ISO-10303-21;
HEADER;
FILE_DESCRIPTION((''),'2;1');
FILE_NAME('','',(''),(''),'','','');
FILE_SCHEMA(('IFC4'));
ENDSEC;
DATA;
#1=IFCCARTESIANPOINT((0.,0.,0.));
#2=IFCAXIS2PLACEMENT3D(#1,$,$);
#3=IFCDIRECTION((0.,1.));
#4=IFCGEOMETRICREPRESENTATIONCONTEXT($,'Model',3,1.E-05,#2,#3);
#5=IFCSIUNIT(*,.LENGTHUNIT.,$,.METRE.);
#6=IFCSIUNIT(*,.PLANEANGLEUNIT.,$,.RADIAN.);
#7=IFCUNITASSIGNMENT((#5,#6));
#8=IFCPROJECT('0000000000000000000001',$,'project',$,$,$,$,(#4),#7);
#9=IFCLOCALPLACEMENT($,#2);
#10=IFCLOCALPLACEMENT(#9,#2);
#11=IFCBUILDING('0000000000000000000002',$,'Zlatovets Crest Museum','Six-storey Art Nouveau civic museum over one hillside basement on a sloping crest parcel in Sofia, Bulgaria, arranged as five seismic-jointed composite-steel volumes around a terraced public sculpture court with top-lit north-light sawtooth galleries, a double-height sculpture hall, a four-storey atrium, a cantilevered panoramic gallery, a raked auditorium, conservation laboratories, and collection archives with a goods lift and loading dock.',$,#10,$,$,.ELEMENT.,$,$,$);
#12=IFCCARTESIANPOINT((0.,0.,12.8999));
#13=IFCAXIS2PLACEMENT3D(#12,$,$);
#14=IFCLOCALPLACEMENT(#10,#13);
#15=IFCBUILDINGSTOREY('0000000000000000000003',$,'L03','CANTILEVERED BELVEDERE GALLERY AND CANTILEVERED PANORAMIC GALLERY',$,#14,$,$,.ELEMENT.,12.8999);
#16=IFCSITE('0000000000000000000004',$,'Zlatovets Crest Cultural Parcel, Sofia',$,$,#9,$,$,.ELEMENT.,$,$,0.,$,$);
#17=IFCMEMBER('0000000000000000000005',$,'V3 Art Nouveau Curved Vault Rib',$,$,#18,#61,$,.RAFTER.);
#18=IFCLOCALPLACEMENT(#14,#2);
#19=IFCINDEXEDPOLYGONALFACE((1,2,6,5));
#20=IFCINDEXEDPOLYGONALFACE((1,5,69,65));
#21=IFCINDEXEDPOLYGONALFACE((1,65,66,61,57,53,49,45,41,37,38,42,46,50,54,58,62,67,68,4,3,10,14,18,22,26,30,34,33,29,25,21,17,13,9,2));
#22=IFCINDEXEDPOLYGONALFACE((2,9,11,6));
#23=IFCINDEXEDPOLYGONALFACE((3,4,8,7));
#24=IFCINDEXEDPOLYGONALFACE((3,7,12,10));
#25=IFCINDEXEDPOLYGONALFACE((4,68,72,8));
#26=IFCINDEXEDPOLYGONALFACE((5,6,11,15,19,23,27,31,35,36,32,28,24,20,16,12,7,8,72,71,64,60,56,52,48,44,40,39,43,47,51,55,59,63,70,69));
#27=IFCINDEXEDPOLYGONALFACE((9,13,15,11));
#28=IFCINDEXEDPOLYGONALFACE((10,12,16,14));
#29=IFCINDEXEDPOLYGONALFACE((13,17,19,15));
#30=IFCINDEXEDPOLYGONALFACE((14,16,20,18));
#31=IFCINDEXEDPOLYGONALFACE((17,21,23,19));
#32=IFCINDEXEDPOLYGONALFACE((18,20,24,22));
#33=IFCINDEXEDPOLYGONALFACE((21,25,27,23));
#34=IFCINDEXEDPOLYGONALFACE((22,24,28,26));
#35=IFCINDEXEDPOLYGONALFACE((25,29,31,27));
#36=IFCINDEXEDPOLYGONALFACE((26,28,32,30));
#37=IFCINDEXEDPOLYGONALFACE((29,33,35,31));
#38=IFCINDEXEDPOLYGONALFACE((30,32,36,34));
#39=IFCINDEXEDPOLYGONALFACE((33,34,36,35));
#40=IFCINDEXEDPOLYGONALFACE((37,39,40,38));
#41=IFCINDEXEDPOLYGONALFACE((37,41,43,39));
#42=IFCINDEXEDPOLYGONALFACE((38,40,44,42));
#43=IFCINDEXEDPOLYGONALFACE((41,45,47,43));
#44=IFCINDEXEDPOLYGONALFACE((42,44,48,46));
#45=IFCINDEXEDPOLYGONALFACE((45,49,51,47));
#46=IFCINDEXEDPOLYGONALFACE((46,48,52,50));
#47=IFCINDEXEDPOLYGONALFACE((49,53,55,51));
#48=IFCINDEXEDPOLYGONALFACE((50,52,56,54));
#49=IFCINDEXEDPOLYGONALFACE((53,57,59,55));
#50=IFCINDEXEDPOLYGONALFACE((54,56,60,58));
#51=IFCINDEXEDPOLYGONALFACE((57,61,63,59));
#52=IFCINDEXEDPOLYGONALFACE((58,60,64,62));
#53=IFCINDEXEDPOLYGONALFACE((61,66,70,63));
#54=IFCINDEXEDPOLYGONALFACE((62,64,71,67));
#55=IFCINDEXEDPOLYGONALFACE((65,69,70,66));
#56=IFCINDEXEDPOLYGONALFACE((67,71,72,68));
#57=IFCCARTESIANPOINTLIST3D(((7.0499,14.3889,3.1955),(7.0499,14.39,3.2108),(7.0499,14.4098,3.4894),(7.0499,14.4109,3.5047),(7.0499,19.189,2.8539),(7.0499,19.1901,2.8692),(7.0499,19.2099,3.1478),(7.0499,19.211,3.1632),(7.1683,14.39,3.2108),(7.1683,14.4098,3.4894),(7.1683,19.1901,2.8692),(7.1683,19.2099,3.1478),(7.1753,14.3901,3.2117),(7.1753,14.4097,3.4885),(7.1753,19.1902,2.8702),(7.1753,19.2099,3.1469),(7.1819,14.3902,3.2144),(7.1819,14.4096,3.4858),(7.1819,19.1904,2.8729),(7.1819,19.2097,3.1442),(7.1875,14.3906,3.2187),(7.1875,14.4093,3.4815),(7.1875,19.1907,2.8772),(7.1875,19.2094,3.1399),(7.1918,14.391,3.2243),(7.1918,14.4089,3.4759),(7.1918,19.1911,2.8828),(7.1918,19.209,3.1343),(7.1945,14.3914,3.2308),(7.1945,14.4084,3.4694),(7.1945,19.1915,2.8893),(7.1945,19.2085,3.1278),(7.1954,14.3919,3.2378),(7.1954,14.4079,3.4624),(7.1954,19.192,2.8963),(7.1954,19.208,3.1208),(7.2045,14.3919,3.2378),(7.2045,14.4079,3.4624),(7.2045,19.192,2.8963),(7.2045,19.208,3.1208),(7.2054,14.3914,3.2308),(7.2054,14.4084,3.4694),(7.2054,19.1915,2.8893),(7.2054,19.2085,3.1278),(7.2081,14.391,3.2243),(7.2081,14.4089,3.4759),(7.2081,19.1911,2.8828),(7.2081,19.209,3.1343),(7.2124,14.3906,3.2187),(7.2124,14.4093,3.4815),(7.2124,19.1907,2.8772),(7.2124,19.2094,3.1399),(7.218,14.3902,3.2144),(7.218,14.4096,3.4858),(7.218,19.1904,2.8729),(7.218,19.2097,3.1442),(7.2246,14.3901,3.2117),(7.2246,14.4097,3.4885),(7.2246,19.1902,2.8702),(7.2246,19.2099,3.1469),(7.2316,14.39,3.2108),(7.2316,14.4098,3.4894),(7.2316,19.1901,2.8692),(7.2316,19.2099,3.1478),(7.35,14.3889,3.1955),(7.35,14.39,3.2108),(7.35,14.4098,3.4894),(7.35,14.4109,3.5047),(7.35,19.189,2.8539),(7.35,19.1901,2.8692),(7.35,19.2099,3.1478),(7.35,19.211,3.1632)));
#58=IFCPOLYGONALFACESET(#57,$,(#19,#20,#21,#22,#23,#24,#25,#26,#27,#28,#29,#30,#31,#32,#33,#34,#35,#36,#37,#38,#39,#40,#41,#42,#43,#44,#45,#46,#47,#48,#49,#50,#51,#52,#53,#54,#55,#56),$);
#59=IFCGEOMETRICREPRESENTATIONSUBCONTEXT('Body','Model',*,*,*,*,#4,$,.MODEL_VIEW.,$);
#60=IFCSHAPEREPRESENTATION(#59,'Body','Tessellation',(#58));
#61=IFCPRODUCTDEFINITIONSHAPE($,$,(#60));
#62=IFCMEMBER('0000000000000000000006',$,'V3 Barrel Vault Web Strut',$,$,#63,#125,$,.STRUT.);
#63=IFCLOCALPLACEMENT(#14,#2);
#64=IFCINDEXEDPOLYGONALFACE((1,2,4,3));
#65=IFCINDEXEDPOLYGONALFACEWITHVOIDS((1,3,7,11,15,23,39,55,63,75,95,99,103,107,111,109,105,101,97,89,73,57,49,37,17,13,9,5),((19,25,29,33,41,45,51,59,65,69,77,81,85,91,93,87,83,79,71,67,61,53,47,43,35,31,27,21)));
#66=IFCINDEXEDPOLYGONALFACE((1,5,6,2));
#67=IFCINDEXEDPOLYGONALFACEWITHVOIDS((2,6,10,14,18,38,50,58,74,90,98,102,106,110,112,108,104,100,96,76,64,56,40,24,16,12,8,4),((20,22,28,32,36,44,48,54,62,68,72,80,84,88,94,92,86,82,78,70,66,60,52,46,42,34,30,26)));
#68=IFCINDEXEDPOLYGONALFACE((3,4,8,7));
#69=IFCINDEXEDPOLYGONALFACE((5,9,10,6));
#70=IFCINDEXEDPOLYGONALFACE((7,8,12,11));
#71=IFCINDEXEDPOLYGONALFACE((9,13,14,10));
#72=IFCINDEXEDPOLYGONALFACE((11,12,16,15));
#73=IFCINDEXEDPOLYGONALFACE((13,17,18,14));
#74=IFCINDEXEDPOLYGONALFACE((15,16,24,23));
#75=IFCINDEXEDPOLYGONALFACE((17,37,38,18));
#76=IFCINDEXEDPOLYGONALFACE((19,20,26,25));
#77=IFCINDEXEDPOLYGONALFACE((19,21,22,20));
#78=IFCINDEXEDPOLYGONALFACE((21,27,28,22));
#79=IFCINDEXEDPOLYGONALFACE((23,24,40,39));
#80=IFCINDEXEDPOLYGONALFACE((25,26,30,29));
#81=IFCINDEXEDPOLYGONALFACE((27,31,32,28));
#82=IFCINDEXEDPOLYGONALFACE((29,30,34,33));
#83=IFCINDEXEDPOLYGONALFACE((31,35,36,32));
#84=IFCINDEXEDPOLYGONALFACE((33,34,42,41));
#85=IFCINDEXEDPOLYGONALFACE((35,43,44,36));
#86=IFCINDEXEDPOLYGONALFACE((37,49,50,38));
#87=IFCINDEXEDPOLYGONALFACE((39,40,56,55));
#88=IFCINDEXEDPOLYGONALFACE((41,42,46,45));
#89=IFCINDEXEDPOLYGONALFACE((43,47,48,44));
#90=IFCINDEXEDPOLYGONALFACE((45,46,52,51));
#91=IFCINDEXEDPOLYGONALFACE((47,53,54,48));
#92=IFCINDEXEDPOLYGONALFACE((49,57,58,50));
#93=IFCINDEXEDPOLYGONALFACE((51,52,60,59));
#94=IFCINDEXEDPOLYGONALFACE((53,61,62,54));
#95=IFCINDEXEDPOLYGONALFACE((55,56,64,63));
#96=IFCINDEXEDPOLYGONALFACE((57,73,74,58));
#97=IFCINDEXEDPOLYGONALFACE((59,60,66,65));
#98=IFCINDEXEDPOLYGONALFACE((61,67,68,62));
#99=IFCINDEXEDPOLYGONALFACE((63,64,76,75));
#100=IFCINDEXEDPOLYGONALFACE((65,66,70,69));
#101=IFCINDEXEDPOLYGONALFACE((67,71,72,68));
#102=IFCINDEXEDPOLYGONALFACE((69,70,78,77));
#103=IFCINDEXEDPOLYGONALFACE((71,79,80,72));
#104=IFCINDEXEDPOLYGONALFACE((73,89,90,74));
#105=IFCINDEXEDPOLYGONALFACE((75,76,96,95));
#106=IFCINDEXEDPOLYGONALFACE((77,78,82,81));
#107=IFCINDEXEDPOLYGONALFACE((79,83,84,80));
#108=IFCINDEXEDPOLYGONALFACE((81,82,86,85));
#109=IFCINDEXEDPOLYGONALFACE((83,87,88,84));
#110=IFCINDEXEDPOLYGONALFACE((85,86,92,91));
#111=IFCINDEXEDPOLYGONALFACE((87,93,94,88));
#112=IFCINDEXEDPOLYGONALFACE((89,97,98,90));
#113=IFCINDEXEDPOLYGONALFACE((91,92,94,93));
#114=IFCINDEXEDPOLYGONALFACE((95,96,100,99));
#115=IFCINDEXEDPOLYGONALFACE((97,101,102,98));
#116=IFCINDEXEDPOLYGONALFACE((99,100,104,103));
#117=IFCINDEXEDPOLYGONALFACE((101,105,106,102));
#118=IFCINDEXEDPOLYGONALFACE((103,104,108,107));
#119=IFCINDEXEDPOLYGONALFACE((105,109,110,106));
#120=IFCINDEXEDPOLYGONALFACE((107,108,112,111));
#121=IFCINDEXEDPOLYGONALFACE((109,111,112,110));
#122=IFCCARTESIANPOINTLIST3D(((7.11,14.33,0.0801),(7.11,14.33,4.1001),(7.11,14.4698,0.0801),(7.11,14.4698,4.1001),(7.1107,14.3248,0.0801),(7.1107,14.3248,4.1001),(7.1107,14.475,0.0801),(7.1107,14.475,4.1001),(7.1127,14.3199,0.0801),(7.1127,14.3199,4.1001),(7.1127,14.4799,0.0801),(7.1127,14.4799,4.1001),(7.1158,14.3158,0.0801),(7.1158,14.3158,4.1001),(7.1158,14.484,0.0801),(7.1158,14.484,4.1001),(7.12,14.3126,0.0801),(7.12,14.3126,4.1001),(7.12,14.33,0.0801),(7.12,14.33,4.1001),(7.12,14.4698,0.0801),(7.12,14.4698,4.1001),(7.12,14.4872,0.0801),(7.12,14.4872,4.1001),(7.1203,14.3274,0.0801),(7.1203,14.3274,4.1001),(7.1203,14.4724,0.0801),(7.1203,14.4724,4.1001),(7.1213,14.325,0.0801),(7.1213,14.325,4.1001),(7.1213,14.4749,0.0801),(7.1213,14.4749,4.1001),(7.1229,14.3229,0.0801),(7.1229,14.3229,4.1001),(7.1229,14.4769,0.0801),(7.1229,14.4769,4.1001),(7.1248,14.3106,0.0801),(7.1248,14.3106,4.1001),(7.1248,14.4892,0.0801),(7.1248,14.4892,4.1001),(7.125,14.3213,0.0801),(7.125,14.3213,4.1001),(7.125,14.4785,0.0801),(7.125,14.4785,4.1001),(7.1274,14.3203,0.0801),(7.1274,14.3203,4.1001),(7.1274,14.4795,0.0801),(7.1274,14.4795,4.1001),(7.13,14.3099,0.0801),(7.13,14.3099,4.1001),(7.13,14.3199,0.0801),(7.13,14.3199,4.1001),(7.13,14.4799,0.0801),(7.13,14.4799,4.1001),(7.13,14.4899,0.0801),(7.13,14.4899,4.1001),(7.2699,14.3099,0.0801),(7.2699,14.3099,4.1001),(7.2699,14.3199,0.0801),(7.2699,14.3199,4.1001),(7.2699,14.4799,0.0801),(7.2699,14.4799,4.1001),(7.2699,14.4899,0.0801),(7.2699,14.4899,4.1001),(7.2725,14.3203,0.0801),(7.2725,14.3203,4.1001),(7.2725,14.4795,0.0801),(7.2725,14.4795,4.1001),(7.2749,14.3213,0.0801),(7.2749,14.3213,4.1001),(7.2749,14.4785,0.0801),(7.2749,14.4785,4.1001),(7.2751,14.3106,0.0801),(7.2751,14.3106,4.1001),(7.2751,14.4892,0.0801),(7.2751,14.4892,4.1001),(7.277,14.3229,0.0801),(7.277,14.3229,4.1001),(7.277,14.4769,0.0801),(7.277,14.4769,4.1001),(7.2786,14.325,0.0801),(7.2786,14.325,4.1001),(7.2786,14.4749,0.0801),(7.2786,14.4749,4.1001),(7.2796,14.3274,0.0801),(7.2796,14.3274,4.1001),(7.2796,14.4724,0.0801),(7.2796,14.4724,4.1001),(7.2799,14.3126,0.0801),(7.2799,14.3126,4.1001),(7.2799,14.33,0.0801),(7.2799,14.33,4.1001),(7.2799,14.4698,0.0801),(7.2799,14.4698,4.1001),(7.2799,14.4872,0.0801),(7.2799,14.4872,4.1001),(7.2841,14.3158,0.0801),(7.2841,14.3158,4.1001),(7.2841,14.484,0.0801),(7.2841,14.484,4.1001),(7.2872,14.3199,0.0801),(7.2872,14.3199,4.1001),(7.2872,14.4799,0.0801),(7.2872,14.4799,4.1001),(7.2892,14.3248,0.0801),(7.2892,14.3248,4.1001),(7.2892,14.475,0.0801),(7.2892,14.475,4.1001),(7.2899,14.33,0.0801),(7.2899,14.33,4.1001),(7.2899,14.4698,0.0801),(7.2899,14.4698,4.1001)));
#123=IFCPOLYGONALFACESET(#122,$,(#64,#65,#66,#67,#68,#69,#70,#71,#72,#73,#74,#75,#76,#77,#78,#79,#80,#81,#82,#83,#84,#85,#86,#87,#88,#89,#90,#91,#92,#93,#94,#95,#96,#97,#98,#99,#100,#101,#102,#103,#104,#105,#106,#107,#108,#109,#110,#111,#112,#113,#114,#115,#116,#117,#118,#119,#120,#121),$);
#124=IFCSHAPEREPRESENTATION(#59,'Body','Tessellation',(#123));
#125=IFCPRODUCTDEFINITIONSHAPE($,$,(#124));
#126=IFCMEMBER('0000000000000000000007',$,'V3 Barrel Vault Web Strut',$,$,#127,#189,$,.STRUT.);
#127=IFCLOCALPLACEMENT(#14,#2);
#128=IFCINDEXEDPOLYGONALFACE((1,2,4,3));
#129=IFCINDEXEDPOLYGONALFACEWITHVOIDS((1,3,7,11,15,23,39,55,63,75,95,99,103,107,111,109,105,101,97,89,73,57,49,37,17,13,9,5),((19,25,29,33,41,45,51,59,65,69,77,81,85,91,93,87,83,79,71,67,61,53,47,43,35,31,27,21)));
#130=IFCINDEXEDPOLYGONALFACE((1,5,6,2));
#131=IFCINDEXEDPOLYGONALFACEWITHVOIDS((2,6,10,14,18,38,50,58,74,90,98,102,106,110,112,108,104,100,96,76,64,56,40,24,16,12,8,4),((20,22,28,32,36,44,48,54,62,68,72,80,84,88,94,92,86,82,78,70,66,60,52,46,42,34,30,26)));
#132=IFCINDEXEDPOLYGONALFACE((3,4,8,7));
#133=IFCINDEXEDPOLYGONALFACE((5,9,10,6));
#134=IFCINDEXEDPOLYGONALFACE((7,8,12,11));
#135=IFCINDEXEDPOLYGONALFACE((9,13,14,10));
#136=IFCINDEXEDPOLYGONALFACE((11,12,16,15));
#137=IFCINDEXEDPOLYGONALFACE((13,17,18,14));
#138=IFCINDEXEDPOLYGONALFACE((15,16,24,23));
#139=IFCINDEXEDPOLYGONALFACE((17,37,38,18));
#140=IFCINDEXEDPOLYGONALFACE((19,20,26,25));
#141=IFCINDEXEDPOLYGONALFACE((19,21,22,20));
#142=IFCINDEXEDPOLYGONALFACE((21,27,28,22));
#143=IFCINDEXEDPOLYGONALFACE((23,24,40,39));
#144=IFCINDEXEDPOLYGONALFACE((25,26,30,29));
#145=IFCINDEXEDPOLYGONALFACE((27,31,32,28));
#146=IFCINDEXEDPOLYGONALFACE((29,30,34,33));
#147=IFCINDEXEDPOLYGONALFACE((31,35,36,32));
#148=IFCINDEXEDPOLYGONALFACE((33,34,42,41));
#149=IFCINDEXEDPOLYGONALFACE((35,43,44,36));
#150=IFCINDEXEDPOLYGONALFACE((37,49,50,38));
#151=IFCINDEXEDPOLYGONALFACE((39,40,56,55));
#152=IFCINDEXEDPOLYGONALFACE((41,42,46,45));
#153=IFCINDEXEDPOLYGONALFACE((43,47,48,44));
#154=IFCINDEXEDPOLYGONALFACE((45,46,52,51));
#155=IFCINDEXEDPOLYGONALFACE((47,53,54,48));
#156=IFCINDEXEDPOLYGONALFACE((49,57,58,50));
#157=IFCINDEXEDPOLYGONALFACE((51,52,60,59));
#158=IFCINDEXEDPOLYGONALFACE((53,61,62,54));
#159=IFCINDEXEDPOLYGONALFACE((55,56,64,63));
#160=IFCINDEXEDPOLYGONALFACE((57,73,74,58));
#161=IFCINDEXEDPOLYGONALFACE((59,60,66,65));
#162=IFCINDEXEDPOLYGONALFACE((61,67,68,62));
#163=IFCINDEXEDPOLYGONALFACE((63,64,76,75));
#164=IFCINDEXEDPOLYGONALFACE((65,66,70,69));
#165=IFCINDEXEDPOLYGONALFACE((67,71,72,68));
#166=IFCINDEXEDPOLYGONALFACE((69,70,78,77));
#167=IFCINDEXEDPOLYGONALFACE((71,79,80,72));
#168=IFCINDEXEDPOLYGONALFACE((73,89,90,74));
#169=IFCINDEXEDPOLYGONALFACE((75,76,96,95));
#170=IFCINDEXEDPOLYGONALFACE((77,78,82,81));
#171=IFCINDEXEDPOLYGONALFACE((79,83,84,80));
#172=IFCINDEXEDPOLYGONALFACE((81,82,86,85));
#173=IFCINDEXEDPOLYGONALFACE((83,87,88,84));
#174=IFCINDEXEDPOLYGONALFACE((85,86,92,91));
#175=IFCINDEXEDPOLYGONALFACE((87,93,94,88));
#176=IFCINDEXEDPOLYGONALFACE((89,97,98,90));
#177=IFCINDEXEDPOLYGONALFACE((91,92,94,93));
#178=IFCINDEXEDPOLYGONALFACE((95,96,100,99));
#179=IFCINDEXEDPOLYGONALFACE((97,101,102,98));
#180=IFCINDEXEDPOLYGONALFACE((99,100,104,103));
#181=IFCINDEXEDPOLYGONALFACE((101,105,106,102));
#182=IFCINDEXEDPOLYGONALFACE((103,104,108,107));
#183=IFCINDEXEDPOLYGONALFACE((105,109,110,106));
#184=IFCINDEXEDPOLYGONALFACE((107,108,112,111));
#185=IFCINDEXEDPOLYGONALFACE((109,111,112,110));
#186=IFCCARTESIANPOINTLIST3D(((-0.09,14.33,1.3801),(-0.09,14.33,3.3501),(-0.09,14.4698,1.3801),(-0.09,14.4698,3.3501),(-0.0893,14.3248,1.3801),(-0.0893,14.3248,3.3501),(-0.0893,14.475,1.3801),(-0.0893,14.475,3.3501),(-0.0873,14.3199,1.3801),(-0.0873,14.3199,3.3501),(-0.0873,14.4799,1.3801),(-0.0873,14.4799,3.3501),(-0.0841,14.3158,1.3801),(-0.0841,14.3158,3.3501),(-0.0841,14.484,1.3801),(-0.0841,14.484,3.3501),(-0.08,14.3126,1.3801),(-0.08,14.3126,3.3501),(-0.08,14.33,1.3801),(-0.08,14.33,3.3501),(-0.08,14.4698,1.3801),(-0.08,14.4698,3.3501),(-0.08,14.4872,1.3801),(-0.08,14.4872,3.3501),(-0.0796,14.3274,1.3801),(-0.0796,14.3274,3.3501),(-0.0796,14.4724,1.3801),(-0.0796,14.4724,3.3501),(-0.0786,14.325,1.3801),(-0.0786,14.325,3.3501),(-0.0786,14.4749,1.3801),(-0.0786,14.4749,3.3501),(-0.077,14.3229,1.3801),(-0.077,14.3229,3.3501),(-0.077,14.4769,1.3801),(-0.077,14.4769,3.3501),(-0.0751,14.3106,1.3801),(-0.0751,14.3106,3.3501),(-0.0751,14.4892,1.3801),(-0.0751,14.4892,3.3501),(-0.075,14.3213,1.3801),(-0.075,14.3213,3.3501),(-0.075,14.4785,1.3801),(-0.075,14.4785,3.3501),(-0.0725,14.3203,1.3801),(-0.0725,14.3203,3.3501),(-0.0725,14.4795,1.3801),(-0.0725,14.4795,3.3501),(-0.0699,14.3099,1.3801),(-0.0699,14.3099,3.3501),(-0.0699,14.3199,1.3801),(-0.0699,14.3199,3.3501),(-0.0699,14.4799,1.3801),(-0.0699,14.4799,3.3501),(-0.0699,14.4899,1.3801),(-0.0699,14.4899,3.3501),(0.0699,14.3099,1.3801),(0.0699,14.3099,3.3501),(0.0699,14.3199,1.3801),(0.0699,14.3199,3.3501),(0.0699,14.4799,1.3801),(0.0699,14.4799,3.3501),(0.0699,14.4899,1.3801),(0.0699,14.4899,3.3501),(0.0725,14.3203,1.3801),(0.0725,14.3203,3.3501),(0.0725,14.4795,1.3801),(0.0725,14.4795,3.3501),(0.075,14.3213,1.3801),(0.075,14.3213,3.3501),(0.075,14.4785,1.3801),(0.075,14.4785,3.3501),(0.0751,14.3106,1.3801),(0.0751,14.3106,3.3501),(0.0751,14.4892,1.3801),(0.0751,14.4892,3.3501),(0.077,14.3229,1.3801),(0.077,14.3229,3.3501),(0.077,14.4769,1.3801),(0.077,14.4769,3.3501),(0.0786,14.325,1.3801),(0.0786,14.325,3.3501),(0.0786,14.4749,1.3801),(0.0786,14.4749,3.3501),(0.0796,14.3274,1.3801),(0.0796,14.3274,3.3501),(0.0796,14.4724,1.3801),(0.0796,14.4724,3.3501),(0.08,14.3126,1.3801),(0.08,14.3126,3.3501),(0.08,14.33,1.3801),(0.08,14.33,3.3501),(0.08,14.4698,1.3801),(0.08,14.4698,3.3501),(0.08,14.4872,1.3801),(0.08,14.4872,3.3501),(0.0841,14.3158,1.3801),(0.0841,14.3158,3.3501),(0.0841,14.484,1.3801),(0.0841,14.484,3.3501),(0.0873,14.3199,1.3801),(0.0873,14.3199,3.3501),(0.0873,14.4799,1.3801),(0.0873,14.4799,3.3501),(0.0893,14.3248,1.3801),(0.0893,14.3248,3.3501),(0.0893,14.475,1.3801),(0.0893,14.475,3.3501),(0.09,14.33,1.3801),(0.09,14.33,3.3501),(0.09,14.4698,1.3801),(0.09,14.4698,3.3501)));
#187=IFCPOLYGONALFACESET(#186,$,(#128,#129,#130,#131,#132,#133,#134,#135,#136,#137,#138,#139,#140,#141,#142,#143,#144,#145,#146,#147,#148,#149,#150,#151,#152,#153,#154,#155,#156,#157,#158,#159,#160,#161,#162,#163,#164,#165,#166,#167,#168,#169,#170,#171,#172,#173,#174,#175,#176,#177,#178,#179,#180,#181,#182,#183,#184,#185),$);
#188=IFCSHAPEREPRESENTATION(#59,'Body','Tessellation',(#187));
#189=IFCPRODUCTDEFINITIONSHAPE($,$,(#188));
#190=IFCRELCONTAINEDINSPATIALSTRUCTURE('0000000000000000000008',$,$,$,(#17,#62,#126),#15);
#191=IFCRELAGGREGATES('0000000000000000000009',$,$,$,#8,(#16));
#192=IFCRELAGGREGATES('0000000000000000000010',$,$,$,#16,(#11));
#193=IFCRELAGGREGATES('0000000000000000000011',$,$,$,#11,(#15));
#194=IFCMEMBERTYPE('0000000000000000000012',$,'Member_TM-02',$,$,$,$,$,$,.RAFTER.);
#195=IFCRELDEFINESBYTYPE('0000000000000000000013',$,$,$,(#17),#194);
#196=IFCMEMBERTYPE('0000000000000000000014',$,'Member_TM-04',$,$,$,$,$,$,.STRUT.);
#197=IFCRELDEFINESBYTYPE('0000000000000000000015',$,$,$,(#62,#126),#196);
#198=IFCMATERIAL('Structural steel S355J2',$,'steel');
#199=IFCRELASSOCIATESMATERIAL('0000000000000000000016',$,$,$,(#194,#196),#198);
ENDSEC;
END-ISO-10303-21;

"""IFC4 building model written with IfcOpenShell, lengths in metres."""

from ifc_helpers import new_model, si_unit, direction, frame, origin, origin_2d, place, context, subcontext, project, spatial, hollow_rectangle, i_section, extrude, material, material_profile, profile_set, type_object, element, save


model = new_model("IFC4")

# Units and contexts
model_context = context("Model", 3, precision=1e-05, world=origin(), true_north=direction((0.0, 1.0)))
body_context = subcontext(model_context, "Body", "Model", "MODEL_VIEW")
ifc_project = project(units=[si_unit("LENGTHUNIT", "METRE"), si_unit("PLANEANGLEUNIT", "RADIAN")], contexts=[model_context])

# Site, building, storey
site_placement = place(None, origin())
site = spatial("IfcSite", under=ifc_project, at=site_placement, Name="Zlatovets Crest Cultural Parcel, Sofia", CompositionType="ELEMENT", RefElevation=0.0)
building_placement = place(site_placement, origin())
building = spatial("IfcBuilding", under=site, at=building_placement, Name="Zlatovets Crest Museum", Description="Six-storey Art Nouveau civic museum over one hillside basement on a sloping crest parcel in Sofia, Bulgaria, arranged as five seismic-jointed composite-steel volumes around a terraced public sculpture court with top-lit north-light sawtooth galleries, a double-height sculpture hall, a four-storey atrium, a cantilevered panoramic gallery, a raked auditorium, conservation laboratories, and collection archives with a goods lift and loading dock.", CompositionType="ELEMENT")
storey_placement = place(building_placement, frame((0.0, 0.0, 12.8999)))
storey = spatial("IfcBuildingStorey", under=building, at=storey_placement, Name="L03", Description="CANTILEVERED BELVEDERE GALLERY AND CANTILEVERED PANORAMIC GALLERY", CompositionType="ELEMENT", Elevation=12.8999)

# Shared definitions
ifc_material_1 = material(Name="Structural steel S355J2", Category="steel")

# Members
ifc_material_profile_1 = material_profile(ifc_material_1, i_section(OverallWidth=0.3, OverallDepth=0.3101, WebThickness=0.009, FlangeThickness=0.0154, FilletRadius=0.0271, at=origin_2d()), Name="HEA 320")
ifc_profile_set_1 = profile_set([ifc_material_profile_1], Name="Structural steel S355J2")
member_type_1 = type_object("IfcMemberType", Name="Member_TM-02", PredefinedType="RAFTER", material=ifc_profile_set_1)
member_1_placement = place(storey_placement, frame((7.2, 14.3999, 3.3501), z_axis=(0.0, 0.997478, -0.070977), x_axis=(-1.0, 0.0, 0.0)))
element("IfcMember", 1, at=member_1_placement, inside=storey, type_object=member_type_1, Name="V3 Art Nouveau Curved Vault Rib", PredefinedType="RAFTER", context=body_context, shape_type="SweptSolid", body=[
    extrude(i_section(OverallWidth=0.3, OverallDepth=0.3101, WebThickness=0.009, FlangeThickness=0.0154, FilletRadius=0.0271, at=origin_2d()), origin(), (0.0, 0.0, 1.0), 4.8123),
])
ifc_material_profile_2 = material_profile(ifc_material_1, hollow_rectangle(XDim=0.1799, YDim=0.1799, WallThickness=0.01, InnerFilletRadius=0.01, OuterFilletRadius=0.02, at=origin_2d()), Name="SHS 180x180x10.0")
ifc_profile_set_2 = profile_set([ifc_material_profile_2], Name="Structural steel S355J2")
member_type_2 = type_object("IfcMemberType", Name="Member_TM-04", PredefinedType="STRUT", material=ifc_profile_set_2)
member_2_placement = place(storey_placement, frame((7.2, 14.3999, 0.0801), z_axis=(0.0, 0.0, 1.0), x_axis=(1.0, 0.0, 0.0)))
element("IfcMember", 2, at=member_2_placement, inside=storey, type_object=member_type_2, Name="V3 Barrel Vault Web Strut", PredefinedType="STRUT", context=body_context, shape_type="SweptSolid", body=[
    extrude(hollow_rectangle(XDim=0.1799, YDim=0.1799, WallThickness=0.01, InnerFilletRadius=0.01, OuterFilletRadius=0.02, at=origin_2d()), origin(), (0.0, 0.0, 1.0), 4.02),
])
member_3_placement = place(storey_placement, frame((0.0, 14.3999, 1.3801), z_axis=(0.0, 0.0, 1.0), x_axis=(1.0, 0.0, 0.0)))
element("IfcMember", 3, at=member_3_placement, inside=storey, type_object=member_type_2, Name="V3 Barrel Vault Web Strut", PredefinedType="STRUT", context=body_context, shape_type="SweptSolid", body=[
    extrude(hollow_rectangle(XDim=0.1799, YDim=0.1799, WallThickness=0.01, InnerFilletRadius=0.01, OuterFilletRadius=0.02, at=origin_2d()), origin(), (0.0, 0.0, 1.0), 1.97),
])

save(model, "model.ifc")
